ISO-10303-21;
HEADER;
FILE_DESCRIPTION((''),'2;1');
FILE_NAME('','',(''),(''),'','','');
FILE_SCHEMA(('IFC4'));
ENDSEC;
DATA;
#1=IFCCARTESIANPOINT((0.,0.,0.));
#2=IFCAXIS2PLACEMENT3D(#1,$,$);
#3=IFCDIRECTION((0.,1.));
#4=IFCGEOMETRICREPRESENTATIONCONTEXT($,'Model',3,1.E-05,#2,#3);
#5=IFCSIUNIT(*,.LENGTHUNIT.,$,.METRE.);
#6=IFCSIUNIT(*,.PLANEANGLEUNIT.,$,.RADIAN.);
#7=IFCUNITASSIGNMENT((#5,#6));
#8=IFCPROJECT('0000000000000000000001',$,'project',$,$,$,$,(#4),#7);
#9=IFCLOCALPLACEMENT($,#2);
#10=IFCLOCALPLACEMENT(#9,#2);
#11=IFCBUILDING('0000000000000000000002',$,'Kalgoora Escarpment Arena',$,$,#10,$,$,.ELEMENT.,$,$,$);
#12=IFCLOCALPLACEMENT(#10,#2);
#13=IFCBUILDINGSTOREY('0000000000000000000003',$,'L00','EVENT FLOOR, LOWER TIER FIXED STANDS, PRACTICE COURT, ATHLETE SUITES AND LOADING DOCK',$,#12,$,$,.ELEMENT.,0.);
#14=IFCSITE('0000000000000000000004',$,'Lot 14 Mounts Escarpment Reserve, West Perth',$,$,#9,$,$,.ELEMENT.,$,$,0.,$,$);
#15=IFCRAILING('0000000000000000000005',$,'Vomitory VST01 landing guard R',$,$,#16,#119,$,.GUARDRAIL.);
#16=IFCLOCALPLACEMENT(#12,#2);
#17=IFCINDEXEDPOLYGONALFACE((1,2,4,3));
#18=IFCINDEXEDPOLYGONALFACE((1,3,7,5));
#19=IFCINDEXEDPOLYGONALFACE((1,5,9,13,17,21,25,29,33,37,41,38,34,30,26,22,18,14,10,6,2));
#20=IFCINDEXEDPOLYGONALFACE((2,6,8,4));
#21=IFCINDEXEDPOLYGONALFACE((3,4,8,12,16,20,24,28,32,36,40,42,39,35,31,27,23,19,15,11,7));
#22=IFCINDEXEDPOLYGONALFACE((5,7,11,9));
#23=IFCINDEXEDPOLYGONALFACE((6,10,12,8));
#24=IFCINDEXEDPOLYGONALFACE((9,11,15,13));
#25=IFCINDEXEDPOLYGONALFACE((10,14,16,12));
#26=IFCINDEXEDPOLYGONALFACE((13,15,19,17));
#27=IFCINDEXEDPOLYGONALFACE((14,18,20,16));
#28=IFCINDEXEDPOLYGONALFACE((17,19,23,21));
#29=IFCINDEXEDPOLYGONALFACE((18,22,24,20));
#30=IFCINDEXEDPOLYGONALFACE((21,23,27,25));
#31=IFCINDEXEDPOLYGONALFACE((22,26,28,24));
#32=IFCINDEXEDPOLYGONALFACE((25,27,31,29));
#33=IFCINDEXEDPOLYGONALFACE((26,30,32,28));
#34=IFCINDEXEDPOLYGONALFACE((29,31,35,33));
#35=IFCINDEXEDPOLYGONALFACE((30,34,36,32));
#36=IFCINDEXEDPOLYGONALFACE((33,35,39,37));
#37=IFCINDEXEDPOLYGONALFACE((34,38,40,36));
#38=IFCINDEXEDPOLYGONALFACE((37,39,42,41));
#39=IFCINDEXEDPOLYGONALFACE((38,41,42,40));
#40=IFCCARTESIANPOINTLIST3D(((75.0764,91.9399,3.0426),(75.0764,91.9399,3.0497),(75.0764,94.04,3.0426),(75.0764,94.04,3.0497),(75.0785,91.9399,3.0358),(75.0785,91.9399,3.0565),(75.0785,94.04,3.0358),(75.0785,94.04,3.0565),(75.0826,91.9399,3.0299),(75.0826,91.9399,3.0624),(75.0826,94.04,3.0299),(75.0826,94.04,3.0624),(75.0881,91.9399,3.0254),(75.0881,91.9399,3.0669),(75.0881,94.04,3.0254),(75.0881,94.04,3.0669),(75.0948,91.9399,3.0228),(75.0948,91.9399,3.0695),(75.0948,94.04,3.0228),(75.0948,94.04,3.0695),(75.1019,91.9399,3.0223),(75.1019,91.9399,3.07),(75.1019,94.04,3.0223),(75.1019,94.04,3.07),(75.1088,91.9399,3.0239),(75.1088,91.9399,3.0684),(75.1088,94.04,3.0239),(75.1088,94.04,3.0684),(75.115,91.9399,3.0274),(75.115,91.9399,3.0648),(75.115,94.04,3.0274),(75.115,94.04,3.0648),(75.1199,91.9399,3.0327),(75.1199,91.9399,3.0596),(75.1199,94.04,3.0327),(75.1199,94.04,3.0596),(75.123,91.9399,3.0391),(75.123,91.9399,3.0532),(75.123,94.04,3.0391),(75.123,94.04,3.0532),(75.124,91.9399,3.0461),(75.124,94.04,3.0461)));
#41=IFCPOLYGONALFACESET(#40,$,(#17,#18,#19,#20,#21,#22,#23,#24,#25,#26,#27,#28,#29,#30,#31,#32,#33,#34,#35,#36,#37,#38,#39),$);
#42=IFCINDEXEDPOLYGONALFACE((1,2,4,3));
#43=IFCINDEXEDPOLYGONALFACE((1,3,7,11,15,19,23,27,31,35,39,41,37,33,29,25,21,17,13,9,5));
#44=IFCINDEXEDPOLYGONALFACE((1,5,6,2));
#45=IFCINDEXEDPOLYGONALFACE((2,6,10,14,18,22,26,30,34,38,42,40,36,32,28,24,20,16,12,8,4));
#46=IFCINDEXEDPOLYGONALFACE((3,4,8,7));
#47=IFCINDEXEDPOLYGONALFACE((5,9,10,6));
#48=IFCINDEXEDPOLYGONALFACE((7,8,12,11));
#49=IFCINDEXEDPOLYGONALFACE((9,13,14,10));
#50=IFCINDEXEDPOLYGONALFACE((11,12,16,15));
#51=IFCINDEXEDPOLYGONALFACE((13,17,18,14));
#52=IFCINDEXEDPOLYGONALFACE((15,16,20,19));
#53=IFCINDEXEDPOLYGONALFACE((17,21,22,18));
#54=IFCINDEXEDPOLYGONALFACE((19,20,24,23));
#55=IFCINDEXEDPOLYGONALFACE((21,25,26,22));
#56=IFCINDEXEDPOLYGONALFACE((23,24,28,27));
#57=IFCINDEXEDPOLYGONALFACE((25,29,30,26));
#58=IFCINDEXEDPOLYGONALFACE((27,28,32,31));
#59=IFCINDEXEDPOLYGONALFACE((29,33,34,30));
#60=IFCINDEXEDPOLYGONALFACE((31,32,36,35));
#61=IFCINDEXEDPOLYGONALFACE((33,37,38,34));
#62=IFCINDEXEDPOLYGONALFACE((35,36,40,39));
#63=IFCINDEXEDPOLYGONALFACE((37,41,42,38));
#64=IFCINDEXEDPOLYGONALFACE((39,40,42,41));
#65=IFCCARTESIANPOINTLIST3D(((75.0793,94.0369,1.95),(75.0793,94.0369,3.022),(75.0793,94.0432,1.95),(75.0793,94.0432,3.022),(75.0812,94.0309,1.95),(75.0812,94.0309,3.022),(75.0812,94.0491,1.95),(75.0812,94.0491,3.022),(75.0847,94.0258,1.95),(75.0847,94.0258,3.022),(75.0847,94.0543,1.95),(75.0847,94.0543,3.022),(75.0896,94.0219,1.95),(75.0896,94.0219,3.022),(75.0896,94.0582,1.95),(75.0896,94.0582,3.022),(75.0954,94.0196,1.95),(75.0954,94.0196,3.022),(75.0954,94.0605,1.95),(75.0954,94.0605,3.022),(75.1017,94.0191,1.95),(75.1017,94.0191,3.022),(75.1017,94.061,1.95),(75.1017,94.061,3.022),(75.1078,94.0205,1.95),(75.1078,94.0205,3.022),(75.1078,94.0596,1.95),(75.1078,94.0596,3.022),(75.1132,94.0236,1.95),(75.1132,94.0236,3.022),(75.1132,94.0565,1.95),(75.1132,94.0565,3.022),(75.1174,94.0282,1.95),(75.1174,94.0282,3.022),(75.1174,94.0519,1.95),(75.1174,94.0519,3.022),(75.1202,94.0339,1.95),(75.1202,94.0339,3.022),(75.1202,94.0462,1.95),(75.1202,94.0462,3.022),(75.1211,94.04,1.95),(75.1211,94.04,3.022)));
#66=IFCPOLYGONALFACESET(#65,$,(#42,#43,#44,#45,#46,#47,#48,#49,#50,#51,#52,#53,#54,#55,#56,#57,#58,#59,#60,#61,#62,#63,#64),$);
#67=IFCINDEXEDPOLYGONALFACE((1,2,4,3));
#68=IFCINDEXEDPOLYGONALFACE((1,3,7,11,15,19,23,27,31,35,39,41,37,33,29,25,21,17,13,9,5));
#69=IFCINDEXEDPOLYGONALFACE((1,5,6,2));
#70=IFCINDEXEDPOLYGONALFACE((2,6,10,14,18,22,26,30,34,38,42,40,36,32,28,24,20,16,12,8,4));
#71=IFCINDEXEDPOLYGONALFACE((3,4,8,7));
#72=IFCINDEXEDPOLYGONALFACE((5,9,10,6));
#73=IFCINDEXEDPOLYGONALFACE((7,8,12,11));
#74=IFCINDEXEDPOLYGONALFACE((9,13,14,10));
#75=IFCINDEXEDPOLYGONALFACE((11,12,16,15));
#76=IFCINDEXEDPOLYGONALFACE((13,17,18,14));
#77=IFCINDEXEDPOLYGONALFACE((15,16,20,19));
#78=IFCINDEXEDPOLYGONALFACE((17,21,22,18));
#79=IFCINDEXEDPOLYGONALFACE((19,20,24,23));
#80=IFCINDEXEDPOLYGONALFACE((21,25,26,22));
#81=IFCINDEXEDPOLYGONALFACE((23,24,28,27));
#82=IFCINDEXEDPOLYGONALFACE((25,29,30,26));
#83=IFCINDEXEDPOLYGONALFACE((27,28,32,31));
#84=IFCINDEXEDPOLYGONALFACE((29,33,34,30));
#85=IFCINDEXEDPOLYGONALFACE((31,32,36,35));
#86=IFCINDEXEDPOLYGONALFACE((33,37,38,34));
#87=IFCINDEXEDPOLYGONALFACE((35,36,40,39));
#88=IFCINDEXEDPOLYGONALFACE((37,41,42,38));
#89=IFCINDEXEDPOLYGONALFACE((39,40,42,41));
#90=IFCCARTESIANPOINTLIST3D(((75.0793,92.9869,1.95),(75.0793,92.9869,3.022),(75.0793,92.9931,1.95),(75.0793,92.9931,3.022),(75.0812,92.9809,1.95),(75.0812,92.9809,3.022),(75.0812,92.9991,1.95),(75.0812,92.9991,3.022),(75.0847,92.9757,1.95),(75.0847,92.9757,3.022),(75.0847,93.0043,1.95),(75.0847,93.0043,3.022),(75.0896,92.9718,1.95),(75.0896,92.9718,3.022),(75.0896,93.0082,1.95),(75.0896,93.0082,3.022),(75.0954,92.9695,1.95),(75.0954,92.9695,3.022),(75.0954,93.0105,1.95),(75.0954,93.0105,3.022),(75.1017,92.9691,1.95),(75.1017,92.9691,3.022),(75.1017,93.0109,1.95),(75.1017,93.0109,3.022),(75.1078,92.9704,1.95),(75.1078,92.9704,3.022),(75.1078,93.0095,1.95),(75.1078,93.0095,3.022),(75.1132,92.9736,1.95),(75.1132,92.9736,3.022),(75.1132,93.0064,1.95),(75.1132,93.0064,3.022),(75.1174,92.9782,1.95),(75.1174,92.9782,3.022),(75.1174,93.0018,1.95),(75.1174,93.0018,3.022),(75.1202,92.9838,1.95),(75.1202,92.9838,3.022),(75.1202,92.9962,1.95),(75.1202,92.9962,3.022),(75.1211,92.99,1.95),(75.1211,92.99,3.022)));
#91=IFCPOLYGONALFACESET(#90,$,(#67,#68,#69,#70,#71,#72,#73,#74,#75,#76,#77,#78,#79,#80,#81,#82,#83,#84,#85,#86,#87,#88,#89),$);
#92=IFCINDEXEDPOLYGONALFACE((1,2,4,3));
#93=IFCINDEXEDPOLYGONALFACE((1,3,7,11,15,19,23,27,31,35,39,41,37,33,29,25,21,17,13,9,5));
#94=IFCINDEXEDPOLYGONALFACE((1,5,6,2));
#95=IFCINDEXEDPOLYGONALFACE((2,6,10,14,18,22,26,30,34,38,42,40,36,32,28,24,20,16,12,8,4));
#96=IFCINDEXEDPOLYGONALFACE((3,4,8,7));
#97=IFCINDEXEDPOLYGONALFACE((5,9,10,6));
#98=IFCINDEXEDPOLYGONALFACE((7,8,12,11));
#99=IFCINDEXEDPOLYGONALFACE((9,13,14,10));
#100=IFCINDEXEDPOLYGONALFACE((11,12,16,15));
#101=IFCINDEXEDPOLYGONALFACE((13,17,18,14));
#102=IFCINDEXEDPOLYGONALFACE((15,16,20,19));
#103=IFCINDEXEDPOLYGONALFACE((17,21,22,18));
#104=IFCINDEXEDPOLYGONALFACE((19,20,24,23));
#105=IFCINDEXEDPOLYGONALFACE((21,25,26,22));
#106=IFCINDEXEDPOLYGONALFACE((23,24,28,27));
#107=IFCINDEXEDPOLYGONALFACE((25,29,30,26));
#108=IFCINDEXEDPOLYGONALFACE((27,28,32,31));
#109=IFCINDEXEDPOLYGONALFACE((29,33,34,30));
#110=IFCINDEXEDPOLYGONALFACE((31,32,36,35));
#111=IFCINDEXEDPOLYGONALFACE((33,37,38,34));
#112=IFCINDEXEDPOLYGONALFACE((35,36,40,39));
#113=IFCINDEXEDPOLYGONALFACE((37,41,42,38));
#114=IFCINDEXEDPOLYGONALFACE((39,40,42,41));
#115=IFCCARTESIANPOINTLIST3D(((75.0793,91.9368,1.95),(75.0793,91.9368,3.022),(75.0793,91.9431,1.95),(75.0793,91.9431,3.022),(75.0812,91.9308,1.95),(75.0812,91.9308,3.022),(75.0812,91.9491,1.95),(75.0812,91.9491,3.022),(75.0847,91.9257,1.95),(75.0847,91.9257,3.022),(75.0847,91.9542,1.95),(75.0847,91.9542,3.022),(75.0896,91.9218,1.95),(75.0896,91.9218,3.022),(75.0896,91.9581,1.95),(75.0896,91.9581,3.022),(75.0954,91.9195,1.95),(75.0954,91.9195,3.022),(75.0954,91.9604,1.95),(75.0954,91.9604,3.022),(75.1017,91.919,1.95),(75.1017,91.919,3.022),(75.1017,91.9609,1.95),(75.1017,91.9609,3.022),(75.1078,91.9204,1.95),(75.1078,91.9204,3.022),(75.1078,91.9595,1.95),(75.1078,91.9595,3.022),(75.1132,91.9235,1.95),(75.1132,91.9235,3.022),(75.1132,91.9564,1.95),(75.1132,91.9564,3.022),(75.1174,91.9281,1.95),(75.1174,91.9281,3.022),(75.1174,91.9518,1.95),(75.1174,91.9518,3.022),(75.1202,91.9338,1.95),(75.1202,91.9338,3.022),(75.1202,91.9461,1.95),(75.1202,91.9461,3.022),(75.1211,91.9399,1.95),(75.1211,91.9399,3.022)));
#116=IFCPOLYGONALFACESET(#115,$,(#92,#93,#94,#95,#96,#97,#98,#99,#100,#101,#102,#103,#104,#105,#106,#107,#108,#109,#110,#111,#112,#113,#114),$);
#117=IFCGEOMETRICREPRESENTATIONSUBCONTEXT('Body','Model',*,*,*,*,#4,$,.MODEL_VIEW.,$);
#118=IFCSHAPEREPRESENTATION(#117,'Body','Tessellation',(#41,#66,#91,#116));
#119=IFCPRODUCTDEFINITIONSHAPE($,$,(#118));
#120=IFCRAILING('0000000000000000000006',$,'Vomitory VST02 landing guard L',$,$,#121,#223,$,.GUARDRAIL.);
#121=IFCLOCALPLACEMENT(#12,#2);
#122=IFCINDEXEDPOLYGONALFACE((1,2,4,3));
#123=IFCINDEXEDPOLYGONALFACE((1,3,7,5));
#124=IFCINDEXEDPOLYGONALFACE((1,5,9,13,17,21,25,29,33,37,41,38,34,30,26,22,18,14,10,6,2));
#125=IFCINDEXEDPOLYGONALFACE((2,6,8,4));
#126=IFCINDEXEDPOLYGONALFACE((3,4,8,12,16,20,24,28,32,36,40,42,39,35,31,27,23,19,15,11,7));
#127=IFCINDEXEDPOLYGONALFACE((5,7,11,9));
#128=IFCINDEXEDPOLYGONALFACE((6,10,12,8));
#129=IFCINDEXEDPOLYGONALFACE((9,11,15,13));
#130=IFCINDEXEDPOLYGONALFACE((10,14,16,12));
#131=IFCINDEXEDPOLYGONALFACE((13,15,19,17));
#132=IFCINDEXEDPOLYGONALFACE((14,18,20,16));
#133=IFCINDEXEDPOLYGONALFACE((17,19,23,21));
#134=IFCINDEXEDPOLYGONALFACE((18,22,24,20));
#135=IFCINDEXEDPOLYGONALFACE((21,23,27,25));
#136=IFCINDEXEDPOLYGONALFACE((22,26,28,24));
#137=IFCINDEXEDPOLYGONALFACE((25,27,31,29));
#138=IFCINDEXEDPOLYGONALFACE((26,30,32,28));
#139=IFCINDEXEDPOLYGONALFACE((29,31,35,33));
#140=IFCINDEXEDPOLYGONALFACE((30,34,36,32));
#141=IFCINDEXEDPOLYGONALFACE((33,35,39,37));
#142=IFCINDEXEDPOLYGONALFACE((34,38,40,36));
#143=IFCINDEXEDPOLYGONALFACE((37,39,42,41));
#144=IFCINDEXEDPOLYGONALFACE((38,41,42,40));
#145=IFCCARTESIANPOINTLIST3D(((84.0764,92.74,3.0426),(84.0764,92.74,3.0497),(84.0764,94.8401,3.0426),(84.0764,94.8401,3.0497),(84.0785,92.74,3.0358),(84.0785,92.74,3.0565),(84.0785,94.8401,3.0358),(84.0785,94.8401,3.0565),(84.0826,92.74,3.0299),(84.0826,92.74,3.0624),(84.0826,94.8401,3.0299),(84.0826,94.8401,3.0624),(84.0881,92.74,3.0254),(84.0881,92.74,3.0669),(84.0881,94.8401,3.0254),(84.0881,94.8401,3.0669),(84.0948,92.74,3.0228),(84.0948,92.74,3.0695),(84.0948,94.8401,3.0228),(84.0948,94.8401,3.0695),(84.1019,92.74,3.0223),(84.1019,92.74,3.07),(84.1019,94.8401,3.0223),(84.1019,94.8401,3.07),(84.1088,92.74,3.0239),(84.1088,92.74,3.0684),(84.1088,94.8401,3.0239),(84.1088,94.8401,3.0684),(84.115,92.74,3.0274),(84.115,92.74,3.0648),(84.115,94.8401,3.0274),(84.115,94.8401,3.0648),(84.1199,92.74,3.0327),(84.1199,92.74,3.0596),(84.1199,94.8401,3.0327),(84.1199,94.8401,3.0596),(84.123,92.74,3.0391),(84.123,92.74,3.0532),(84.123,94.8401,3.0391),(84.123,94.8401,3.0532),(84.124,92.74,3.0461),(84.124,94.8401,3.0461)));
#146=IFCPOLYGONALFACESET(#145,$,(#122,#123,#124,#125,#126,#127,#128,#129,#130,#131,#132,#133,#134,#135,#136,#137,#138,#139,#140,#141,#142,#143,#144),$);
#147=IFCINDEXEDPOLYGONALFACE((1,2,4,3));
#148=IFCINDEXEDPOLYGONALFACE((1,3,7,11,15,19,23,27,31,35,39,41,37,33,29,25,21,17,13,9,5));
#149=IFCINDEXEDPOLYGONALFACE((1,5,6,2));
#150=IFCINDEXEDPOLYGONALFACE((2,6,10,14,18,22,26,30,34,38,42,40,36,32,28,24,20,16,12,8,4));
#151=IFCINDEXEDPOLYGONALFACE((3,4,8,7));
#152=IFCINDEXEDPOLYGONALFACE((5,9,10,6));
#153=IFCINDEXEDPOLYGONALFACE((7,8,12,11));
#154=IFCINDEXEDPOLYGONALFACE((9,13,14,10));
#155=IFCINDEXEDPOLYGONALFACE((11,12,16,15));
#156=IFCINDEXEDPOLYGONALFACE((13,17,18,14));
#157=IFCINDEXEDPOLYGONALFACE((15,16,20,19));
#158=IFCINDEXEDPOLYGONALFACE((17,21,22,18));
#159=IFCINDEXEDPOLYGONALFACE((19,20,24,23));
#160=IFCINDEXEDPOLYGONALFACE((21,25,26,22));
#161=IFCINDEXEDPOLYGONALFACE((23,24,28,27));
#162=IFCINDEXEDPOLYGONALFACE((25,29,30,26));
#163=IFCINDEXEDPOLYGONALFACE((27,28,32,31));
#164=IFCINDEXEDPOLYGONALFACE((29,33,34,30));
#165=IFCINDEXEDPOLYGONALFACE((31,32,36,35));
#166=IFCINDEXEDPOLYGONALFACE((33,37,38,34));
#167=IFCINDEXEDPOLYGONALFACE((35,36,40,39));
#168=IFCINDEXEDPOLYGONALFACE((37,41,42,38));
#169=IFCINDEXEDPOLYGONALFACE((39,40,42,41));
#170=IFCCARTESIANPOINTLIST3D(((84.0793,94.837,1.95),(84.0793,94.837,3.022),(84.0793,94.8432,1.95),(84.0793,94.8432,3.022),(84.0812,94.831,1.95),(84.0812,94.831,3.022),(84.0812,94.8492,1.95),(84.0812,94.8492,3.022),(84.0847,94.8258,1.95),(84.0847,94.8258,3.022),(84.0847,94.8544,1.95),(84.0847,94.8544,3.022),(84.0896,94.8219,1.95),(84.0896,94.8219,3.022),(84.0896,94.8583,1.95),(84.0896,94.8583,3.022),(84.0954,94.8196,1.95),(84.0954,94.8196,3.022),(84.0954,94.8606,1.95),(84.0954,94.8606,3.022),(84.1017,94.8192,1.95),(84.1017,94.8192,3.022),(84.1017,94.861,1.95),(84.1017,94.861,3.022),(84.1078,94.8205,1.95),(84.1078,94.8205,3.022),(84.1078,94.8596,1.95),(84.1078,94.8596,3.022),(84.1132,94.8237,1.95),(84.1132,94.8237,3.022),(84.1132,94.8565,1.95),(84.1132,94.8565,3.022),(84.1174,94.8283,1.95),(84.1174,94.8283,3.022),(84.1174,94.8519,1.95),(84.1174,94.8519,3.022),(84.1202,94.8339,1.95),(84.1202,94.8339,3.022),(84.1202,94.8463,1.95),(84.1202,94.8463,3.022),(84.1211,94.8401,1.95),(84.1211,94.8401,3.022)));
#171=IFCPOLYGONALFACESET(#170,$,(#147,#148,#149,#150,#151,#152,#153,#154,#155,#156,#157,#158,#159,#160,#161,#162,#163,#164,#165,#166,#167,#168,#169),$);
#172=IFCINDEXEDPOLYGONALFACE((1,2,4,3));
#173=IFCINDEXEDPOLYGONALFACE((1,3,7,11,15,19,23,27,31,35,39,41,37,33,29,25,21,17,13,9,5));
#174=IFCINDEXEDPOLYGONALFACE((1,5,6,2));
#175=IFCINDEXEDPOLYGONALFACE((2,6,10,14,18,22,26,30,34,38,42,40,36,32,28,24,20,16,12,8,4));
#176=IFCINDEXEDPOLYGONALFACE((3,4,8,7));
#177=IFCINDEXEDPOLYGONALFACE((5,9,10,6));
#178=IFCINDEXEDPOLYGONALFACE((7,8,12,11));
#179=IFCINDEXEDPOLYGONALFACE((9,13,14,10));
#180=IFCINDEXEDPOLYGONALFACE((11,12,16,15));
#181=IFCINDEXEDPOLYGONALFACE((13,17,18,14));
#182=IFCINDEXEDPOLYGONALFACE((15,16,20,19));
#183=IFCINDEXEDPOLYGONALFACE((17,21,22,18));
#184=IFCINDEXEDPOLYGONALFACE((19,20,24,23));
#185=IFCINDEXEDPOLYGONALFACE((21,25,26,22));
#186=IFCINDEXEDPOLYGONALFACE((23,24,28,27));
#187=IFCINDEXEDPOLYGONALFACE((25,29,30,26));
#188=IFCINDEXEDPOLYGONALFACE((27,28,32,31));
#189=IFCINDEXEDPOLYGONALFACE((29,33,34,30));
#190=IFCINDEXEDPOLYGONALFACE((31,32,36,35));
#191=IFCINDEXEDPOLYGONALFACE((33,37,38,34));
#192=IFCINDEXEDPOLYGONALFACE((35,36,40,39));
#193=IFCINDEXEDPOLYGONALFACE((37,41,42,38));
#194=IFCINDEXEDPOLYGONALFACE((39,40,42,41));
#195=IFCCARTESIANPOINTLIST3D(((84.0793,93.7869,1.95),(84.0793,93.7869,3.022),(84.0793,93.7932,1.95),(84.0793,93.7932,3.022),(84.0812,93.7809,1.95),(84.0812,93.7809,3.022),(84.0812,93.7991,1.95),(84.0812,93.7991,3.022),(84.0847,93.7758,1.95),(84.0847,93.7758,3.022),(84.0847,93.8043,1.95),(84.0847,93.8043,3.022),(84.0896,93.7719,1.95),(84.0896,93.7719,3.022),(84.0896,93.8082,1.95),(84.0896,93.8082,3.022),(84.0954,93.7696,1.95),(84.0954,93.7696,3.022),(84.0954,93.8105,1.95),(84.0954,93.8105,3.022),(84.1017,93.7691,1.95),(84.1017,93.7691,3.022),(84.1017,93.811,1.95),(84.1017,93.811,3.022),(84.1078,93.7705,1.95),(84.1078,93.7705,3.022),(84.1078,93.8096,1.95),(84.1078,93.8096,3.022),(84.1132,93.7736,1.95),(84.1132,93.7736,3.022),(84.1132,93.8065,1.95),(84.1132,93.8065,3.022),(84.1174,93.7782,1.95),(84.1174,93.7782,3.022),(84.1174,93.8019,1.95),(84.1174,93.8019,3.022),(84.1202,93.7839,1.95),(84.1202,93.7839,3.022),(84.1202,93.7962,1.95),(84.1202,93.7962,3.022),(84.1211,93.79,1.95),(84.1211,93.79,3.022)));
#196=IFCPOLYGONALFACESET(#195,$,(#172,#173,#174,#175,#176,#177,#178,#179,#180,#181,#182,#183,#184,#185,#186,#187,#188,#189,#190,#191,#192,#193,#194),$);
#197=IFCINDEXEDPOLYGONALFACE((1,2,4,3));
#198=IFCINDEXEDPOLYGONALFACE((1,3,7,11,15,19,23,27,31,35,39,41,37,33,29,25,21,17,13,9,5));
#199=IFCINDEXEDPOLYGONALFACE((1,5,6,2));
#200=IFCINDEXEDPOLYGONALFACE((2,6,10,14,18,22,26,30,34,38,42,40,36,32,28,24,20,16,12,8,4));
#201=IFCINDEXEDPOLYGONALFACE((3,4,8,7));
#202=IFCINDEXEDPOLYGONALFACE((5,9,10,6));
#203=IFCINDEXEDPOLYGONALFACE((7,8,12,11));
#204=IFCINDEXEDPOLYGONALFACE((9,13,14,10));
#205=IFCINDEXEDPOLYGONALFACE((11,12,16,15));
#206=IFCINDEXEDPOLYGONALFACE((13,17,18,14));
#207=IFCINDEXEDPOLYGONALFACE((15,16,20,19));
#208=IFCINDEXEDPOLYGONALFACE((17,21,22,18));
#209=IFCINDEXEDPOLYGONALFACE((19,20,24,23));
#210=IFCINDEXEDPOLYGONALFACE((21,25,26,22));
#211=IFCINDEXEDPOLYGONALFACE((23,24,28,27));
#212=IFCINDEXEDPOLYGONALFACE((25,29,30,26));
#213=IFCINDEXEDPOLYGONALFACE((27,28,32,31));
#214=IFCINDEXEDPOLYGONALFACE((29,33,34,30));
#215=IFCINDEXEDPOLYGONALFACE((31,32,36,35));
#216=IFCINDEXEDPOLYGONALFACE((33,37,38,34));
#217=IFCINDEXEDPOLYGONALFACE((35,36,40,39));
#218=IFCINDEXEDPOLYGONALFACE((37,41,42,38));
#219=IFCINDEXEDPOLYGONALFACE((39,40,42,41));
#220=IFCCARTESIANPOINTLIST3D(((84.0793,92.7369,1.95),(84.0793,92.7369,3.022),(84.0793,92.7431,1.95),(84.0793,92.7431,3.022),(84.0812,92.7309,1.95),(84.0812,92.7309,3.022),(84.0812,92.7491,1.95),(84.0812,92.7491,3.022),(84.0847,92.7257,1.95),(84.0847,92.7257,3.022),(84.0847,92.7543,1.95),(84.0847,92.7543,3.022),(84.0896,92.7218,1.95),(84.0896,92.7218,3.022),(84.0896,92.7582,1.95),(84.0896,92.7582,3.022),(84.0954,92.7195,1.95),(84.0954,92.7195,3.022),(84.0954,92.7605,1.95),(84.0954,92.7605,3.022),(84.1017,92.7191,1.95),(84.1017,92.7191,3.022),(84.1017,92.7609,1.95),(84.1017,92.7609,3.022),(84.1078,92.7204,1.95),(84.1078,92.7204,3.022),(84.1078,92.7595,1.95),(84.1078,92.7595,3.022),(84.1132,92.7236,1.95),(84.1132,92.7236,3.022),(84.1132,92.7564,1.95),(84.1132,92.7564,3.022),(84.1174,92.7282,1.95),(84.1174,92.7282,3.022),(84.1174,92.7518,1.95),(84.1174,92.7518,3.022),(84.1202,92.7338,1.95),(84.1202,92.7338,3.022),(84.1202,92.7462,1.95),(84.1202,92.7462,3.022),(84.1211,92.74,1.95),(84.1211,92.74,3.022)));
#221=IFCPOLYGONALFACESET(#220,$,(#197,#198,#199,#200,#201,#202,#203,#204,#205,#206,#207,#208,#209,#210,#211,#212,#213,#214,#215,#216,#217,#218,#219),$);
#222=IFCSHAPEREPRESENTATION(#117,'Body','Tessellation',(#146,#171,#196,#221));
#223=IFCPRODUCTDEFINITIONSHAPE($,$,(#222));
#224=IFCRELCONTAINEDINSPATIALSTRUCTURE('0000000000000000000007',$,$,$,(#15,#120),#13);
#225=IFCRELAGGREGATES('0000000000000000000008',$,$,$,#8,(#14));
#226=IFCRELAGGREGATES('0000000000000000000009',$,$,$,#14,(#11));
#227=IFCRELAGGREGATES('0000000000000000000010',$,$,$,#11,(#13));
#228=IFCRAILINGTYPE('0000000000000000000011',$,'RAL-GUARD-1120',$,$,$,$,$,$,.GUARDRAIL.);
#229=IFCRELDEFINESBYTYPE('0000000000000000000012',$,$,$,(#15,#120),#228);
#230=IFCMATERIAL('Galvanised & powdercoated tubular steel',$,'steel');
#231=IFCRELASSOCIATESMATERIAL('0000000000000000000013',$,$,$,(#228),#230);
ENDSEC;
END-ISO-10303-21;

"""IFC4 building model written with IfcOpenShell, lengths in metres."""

from ifc_helpers import new_model, si_unit, direction, frame, origin, origin_2d, place, context, subcontext, project, spatial, circle, extrude, material, type_object, element, save


model = new_model("IFC4")

# Units and contexts
model_context = context("Model", 3, precision=1e-05, world=origin(), true_north=direction((0.0, 1.0)))
body_context = subcontext(model_context, "Body", "Model", "MODEL_VIEW")
ifc_project = project(units=[si_unit("LENGTHUNIT", "METRE"), si_unit("PLANEANGLEUNIT", "RADIAN")], contexts=[model_context])

# Site, building, storey
site_placement = place(None, origin())
site = spatial("IfcSite", under=ifc_project, at=site_placement, Name="Lot 14 Mounts Escarpment Reserve, West Perth", CompositionType="ELEMENT", RefElevation=0.0)
building_placement = place(site_placement, origin())
building = spatial("IfcBuilding", under=site, at=building_placement, Name="Kalgoora Escarpment Arena", CompositionType="ELEMENT")
storey_placement = place(building_placement, origin())
storey = spatial("IfcBuildingStorey", under=building, at=storey_placement, Name="L00", Description="EVENT FLOOR, LOWER TIER FIXED STANDS, PRACTICE COURT, ATHLETE SUITES AND LOADING DOCK", CompositionType="ELEMENT", Elevation=0.0)

# Railings
ifc_material_1 = material(Name="Galvanised & powdercoated tubular steel", Category="steel")
railing_type_1 = type_object("IfcRailingType", Name="RAL-GUARD-1120", PredefinedType="GUARDRAIL", material=ifc_material_1)
for number, where, name in (
    (1, (75.1001, 94.04, 1.95), "Vomitory VST01 landing guard R"),
    (2, (84.1001, 94.8401, 1.95), "Vomitory VST02 landing guard L"),
):
    element("IfcRailing", number, at=place(storey_placement, frame(where)), inside=storey, type_object=railing_type_1, Name=name, PredefinedType="GUARDRAIL", context=body_context, shape_type="SweptSolid", body=[
        extrude(circle(Radius=0.0239, at=origin_2d()), frame((0.0, 0.0, 1.0962), z_axis=(0.0, -1.0, 0.0), x_axis=(1.0, 0.0, 0.0)), (0.0, 0.0, 1.0), 2.1001),
        extrude(circle(Radius=0.021, at=origin_2d()), origin(), (0.0, 0.0, 1.0), 1.072),
        extrude(circle(Radius=0.021, at=origin_2d()), frame((0.0, -1.05, 0.0)), (0.0, 0.0, 1.0), 1.072),
        extrude(circle(Radius=0.021, at=origin_2d()), frame((0.0, -2.1001, 0.0)), (0.0, 0.0, 1.0), 1.072),
    ])

save(model, "model.ifc")
